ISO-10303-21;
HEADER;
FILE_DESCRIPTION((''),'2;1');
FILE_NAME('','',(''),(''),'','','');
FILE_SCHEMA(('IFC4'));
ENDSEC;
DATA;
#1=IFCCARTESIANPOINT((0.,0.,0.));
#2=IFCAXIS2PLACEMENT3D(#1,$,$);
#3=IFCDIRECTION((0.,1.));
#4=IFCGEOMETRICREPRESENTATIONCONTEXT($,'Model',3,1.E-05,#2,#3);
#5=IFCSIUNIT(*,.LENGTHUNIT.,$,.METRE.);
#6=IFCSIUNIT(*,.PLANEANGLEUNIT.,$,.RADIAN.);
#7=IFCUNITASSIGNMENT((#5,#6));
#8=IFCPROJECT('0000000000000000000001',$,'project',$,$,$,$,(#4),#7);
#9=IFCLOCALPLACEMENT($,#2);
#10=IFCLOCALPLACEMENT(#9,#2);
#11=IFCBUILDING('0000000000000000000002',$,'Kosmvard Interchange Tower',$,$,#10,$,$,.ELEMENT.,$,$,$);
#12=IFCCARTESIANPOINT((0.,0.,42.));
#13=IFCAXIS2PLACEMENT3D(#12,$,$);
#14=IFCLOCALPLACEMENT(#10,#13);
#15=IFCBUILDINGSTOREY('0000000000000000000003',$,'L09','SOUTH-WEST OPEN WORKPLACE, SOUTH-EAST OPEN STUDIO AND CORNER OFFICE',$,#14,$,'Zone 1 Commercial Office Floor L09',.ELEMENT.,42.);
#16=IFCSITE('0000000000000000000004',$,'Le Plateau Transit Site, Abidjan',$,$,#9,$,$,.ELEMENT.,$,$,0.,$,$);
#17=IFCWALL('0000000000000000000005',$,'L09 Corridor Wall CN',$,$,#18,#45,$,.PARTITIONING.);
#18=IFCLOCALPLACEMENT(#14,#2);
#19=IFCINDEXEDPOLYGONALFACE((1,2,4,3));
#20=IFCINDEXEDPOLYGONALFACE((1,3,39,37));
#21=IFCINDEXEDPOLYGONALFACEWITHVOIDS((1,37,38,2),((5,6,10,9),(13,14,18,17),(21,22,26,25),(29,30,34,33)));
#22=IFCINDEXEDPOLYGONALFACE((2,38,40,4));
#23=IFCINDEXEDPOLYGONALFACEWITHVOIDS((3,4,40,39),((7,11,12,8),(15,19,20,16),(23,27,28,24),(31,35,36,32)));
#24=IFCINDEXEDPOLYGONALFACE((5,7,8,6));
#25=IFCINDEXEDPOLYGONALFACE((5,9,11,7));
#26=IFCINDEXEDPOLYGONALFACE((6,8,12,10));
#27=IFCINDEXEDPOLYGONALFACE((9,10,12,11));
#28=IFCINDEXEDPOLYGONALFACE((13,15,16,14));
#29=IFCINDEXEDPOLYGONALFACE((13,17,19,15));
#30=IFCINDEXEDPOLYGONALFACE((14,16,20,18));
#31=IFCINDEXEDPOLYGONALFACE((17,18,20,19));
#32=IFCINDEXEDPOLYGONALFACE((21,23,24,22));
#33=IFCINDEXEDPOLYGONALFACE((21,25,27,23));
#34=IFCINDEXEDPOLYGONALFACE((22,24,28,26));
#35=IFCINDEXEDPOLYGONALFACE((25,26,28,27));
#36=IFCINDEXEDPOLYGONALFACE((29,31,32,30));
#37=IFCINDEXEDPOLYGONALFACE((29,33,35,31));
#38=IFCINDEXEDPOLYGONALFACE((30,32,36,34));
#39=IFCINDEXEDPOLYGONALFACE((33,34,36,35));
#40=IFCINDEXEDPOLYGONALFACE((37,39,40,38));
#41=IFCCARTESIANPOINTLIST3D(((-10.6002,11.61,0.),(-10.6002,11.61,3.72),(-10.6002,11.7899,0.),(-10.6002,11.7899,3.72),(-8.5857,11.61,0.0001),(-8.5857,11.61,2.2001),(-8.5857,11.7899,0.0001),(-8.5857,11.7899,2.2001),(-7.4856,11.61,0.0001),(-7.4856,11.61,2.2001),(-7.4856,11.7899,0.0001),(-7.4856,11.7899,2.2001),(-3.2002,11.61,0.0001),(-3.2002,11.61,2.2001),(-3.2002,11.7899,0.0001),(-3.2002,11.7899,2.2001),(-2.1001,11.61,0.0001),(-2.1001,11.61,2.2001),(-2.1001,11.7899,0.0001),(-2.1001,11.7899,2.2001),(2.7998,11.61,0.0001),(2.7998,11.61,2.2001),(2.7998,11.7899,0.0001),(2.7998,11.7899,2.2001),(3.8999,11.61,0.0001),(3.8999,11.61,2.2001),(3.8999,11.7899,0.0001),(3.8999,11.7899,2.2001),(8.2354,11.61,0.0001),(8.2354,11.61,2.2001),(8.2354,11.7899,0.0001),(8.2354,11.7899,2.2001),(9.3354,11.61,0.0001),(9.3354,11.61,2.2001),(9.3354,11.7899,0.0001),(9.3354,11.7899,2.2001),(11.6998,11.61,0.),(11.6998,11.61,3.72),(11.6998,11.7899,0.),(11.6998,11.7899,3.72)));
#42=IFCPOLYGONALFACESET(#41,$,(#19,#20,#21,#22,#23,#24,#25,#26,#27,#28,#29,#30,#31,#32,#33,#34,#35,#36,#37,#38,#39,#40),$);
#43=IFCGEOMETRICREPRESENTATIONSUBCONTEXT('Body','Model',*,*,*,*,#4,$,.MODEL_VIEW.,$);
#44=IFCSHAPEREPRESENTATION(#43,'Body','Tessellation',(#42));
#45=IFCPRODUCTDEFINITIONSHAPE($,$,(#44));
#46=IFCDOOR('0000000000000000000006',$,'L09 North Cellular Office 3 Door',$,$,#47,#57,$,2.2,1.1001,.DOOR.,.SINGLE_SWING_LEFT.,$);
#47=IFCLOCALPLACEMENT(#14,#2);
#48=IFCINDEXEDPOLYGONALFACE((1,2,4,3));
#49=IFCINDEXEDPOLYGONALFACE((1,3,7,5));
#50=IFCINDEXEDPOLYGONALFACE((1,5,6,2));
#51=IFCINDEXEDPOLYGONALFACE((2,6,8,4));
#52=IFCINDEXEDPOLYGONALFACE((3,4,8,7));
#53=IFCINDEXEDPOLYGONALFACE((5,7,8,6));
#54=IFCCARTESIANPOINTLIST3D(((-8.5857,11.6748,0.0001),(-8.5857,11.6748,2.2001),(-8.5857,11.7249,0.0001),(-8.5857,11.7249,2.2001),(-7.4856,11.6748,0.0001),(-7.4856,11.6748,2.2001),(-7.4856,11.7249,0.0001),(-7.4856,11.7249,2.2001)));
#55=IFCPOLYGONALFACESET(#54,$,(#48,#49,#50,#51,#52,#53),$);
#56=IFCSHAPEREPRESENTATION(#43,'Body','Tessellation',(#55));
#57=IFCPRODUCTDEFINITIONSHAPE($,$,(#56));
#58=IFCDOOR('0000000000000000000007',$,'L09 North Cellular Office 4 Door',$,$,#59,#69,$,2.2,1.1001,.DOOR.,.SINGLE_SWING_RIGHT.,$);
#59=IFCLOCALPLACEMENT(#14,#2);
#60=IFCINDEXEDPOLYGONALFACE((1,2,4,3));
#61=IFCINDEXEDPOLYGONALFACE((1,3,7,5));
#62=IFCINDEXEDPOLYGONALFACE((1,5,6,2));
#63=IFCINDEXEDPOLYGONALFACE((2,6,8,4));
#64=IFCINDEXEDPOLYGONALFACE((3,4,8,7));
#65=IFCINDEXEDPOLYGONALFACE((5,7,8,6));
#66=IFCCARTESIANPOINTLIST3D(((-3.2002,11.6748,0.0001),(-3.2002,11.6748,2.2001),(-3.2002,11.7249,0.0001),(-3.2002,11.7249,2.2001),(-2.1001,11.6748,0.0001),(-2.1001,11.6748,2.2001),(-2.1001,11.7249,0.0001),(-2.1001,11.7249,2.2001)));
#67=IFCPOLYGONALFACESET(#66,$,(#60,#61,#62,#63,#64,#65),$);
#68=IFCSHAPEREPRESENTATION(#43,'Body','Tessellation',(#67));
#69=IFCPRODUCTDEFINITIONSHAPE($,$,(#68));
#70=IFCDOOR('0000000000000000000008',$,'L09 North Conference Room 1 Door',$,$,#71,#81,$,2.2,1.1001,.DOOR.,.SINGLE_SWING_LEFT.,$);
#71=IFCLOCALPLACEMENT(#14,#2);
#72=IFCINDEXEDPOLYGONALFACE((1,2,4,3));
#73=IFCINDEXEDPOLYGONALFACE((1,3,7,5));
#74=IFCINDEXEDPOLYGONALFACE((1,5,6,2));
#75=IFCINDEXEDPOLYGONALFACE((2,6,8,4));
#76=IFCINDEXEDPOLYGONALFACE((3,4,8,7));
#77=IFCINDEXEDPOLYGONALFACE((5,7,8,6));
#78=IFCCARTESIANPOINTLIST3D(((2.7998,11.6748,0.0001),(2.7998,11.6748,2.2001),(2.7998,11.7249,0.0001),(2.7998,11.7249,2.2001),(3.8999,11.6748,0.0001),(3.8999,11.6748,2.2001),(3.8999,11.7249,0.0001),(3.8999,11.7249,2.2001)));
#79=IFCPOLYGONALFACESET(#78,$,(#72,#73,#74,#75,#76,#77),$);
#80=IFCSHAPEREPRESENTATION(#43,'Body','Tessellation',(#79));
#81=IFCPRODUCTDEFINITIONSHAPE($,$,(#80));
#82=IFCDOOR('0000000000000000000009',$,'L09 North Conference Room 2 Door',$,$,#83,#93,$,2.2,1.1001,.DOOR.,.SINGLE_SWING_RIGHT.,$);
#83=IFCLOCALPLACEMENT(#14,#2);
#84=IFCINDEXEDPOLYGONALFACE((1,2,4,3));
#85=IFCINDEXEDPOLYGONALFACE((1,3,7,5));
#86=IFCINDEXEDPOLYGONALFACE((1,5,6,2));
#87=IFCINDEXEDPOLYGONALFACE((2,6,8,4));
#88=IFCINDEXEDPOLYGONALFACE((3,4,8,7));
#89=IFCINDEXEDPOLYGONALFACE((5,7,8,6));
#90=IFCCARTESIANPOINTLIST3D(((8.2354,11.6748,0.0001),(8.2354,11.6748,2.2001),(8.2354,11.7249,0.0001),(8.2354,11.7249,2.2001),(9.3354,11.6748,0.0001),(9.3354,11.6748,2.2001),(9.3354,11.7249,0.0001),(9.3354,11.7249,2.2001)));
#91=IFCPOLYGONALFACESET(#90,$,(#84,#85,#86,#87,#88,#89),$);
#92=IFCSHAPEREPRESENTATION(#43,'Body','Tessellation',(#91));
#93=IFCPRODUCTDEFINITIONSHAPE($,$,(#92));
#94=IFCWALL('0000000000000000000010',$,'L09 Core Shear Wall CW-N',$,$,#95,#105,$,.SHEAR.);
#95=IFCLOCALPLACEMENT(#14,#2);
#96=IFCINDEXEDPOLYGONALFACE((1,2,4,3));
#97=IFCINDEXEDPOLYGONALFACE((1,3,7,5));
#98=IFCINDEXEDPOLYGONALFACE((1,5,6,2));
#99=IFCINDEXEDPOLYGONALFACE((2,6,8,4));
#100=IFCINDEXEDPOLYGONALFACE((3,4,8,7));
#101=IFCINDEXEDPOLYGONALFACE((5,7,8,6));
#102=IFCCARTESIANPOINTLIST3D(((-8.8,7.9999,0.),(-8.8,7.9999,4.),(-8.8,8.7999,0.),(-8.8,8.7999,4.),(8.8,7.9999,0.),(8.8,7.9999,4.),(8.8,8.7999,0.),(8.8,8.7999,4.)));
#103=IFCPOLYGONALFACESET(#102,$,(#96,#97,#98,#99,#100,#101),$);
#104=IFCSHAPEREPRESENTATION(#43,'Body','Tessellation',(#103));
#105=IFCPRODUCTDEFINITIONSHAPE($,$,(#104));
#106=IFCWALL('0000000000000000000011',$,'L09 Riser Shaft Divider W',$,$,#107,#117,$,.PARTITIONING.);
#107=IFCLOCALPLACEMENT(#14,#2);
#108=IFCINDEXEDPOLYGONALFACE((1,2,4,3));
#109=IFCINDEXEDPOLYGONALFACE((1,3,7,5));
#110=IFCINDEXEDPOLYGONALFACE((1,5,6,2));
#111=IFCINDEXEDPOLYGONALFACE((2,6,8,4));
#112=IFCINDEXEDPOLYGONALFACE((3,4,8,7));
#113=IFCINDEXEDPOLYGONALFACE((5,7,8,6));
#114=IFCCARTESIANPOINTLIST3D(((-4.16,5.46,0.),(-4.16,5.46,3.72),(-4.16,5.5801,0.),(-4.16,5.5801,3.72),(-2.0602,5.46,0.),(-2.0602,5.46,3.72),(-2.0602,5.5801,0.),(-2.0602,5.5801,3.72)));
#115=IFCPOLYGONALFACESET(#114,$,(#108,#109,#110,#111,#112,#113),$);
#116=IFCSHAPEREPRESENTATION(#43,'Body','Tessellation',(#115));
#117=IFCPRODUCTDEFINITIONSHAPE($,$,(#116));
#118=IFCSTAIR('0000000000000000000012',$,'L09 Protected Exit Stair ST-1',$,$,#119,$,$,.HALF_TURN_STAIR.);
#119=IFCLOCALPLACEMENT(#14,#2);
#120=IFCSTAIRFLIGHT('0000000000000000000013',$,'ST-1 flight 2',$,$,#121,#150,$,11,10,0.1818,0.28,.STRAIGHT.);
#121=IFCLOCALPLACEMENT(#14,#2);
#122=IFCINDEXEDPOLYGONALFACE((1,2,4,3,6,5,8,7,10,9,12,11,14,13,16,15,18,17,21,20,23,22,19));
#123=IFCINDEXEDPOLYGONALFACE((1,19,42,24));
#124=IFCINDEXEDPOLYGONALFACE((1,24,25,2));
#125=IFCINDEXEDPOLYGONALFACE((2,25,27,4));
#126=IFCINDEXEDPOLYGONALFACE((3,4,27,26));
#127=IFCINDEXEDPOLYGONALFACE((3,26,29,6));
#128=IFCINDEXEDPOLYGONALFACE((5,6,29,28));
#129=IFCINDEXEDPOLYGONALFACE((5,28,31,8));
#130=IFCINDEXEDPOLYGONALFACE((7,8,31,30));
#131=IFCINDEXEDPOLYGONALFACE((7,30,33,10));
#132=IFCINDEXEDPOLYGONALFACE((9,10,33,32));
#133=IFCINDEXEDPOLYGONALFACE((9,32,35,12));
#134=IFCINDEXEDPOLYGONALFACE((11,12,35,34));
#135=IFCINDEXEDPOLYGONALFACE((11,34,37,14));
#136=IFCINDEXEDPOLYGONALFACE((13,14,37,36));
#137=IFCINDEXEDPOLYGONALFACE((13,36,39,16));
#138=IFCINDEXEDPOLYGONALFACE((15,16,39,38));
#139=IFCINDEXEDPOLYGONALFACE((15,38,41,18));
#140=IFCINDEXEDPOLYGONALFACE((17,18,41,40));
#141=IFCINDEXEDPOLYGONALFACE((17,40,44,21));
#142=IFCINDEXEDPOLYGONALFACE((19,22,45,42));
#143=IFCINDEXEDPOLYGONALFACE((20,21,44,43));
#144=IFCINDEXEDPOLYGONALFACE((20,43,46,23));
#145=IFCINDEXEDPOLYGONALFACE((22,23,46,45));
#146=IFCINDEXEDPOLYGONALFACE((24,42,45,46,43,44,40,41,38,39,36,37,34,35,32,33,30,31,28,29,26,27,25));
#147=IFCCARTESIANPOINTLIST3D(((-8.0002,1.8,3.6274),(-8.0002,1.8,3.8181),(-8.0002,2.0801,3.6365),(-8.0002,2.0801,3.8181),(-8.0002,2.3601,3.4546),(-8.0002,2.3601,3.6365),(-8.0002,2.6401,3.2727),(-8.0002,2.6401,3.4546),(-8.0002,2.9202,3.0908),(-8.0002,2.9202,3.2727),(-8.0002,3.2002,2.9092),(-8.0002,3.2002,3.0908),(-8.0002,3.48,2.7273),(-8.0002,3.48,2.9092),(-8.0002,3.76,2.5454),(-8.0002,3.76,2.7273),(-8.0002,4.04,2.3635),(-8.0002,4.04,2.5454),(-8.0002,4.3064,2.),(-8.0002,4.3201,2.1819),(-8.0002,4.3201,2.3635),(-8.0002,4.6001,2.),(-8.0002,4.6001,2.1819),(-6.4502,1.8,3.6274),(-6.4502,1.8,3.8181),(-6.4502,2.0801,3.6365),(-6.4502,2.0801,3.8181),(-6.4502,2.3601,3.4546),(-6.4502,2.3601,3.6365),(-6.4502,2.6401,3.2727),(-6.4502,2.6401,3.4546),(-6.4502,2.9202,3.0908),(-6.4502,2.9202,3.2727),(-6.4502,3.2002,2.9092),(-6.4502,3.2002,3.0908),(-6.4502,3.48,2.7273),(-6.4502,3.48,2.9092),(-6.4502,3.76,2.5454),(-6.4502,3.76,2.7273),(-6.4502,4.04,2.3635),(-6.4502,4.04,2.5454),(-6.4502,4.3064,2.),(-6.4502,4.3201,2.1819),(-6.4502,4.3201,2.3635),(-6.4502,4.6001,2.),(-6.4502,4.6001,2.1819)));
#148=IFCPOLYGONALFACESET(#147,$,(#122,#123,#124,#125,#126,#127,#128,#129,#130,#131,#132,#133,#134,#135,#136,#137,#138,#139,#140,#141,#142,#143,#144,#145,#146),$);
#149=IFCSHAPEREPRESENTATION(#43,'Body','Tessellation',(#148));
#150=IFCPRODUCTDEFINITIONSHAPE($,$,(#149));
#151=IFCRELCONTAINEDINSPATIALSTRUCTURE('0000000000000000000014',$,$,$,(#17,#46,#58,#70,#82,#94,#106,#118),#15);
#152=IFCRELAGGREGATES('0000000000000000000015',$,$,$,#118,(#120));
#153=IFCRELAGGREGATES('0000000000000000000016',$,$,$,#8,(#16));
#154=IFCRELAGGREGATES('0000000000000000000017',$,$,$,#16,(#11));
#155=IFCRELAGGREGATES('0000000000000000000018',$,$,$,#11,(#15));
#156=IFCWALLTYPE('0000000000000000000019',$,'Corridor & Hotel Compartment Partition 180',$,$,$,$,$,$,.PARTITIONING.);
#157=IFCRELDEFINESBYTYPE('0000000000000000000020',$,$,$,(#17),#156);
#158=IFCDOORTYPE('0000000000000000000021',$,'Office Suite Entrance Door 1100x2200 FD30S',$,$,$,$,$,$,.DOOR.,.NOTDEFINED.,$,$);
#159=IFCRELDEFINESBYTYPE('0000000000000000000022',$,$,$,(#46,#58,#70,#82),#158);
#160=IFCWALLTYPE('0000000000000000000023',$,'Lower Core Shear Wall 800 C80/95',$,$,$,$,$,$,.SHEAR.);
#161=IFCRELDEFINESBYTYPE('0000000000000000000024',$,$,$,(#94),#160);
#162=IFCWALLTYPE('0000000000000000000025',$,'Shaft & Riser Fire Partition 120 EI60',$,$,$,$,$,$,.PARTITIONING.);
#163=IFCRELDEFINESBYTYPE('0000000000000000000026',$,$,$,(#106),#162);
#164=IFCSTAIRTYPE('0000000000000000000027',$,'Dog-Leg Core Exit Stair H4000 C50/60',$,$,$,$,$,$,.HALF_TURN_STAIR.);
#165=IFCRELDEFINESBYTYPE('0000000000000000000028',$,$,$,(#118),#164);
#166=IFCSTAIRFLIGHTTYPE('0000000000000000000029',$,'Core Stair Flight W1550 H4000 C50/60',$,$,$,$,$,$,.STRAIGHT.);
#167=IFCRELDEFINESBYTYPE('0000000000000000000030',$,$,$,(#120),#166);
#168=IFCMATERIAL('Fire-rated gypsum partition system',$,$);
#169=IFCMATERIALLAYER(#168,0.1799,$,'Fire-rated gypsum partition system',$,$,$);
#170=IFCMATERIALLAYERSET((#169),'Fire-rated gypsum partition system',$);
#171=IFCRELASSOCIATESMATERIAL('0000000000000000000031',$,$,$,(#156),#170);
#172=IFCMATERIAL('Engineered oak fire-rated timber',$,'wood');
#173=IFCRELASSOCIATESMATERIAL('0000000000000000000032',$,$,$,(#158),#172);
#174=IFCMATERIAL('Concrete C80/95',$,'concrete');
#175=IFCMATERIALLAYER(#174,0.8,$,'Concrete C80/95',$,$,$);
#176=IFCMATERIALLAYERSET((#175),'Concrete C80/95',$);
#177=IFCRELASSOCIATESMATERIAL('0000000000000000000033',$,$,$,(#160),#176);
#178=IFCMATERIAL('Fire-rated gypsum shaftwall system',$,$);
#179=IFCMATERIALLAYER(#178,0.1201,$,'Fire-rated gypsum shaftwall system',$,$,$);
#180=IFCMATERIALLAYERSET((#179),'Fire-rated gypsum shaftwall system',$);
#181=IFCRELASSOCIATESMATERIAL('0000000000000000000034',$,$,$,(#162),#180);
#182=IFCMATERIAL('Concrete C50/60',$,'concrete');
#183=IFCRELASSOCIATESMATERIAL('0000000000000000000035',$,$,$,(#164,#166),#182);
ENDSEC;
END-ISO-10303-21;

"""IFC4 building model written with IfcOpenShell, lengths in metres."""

from ifc_helpers import new_model, si_unit, direction, frame, frame_2d, origin, place, context, subcontext, project, spatial, polyline, rectangle, outline, extrude, source, transform, mapped, material, layer, layer_set, type_object, element, fill, aggregate, save


model = new_model("IFC4")

# Units and contexts
model_context = context("Model", 3, precision=1e-05, world=origin(), true_north=direction((0.0, 1.0)))
body_context = subcontext(model_context, "Body", "Model", "MODEL_VIEW")
ifc_project = project(units=[si_unit("LENGTHUNIT", "METRE"), si_unit("PLANEANGLEUNIT", "RADIAN")], contexts=[model_context])

# Site, building, storey
site_placement = place(None, origin())
site = spatial("IfcSite", under=ifc_project, at=site_placement, Name="Le Plateau Transit Site, Abidjan", CompositionType="ELEMENT", RefElevation=0.0)
building_placement = place(site_placement, origin())
building = spatial("IfcBuilding", under=site, at=building_placement, Name="Kosmvard Interchange Tower", CompositionType="ELEMENT")
storey_placement = place(building_placement, frame((0.0, 0.0, 42.0)))
storey = spatial("IfcBuildingStorey", under=building, at=storey_placement, Name="L09", Description="SOUTH-WEST OPEN WORKPLACE, SOUTH-EAST OPEN STUDIO AND CORNER OFFICE", LongName="Zone 1 Commercial Office Floor L09", CompositionType="ELEMENT", Elevation=42.0)

# Shared definitions
ifc_material_1 = material(Name="Concrete C80/95", Category="concrete")

# Wall, openings, doors
ifc_material_2 = material(Name="Fire-rated gypsum partition system")
ifc_layer_1 = layer(ifc_material_2, 0.1799, Name="Fire-rated gypsum partition system")
ifc_layer_set_1 = layer_set([ifc_layer_1], Name="Fire-rated gypsum partition system")
wall_type_1 = type_object("IfcWallType", Name="Corridor & Hotel Compartment Partition 180", PredefinedType="PARTITIONING", material=ifc_layer_set_1)
wall_1_placement = place(storey_placement, frame((-10.6001, 11.7, 0.0), z_axis=(0.0, 0.0, 1.0), x_axis=(1.0, 0.0, 0.0)))
wall_1 = element("IfcWall", 1, at=wall_1_placement, inside=storey, type_object=wall_type_1, Name="L09 Corridor Wall CN", PredefinedType="PARTITIONING", context=body_context, shape_type="SweptSolid", body=[
    extrude(rectangle(XDim=22.3, YDim=0.1799, at=frame_2d((11.1499, 0.0))), origin(), (0.0, 0.0, 1.0), 3.72),
])
opening_1_placement = place(wall_1_placement, frame((2.0144, 0.0, 0.0)))
opening_1 = element("IfcOpeningElement", 2, at=opening_1_placement, cuts=wall_1, PredefinedType="OPENING", context=body_context, shape_type="SweptSolid", body=[
    extrude(rectangle(XDim=1.1001, YDim=2.2, at=frame_2d((0.55, 1.1001))), frame((0.0, 0.1001, 0.0), z_axis=(0.0, -1.0, 0.0), x_axis=(1.0, 0.0, 0.0)), (0.0, 0.0, 1.0), 0.2),
])
opening_2_placement = place(wall_1_placement, frame((7.3999, 0.0, 0.0)))
opening_2 = element("IfcOpeningElement", 3, at=opening_2_placement, cuts=wall_1, PredefinedType="OPENING", context=body_context, shape_type="SweptSolid", body=[
    extrude(rectangle(XDim=1.1001, YDim=2.2, at=frame_2d((0.55, 1.1001))), frame((0.0, 0.1001, 0.0), z_axis=(0.0, -1.0, 0.0), x_axis=(1.0, 0.0, 0.0)), (0.0, 0.0, 1.0), 0.2),
])
opening_3_placement = place(wall_1_placement, frame((13.3999, 0.0, 0.0)))
opening_3 = element("IfcOpeningElement", 4, at=opening_3_placement, cuts=wall_1, PredefinedType="OPENING", context=body_context, shape_type="SweptSolid", body=[
    extrude(rectangle(XDim=1.1001, YDim=2.2, at=frame_2d((0.55, 1.1001))), frame((0.0, 0.1001, 0.0), z_axis=(0.0, -1.0, 0.0), x_axis=(1.0, 0.0, 0.0)), (0.0, 0.0, 1.0), 0.2),
])
opening_4_placement = place(wall_1_placement, frame((18.8354, 0.0, 0.0)))
opening_4 = element("IfcOpeningElement", 5, at=opening_4_placement, cuts=wall_1, PredefinedType="OPENING", context=body_context, shape_type="SweptSolid", body=[
    extrude(rectangle(XDim=1.1001, YDim=2.2, at=frame_2d((0.55, 1.1001))), frame((0.0, 0.1001, 0.0), z_axis=(0.0, -1.0, 0.0), x_axis=(1.0, 0.0, 0.0)), (0.0, 0.0, 1.0), 0.2),
])
ifc_material_3 = material(Name="Engineered oak fire-rated timber", Category="wood")
door_type = type_object("IfcDoorType", Name="Office Suite Entrance Door 1100x2200 FD30S", OperationType="NOTDEFINED", PredefinedType="DOOR", material=ifc_material_3)
shared_shape_1 = source(origin(), body_context, "Body", "SweptSolid", [
    extrude(rectangle(XDim=1.1001, YDim=2.2, at=frame_2d((0.55, 1.1001))), frame((0.0, 0.0249, 0.0), z_axis=(0.0, -1.0, 0.0), x_axis=(1.0, 0.0, 0.0)), (0.0, 0.0, 1.0), 0.05),
])
door_1_placement = place(opening_1_placement, origin())
door_1 = element("IfcDoor", 6, at=door_1_placement, inside=storey, type_object=door_type, Name="L09 North Cellular Office 3 Door", OperationType="SINGLE_SWING_LEFT", OverallHeight=2.2, OverallWidth=1.1001, PredefinedType="DOOR", context=body_context, shape_type="MappedRepresentation", body=[
    mapped(shared_shape_1, transform((0.0, 0.0, 0.0), scale=1.0)),
])
fill(opening_1, door_1)
door_2_placement = place(opening_2_placement, origin())
door_2 = element("IfcDoor", 7, at=door_2_placement, inside=storey, type_object=door_type, Name="L09 North Cellular Office 4 Door", OperationType="SINGLE_SWING_RIGHT", OverallHeight=2.2, OverallWidth=1.1001, PredefinedType="DOOR", context=body_context, shape_type="MappedRepresentation", body=[
    mapped(shared_shape_1, transform((0.0, 0.0, 0.0), scale=1.0)),
])
fill(opening_2, door_2)
door_3_placement = place(opening_3_placement, origin())
door_3 = element("IfcDoor", 8, at=door_3_placement, inside=storey, type_object=door_type, Name="L09 North Conference Room 1 Door", OperationType="SINGLE_SWING_LEFT", OverallHeight=2.2, OverallWidth=1.1001, PredefinedType="DOOR", context=body_context, shape_type="MappedRepresentation", body=[
    mapped(shared_shape_1, transform((0.0, 0.0, 0.0), scale=1.0)),
])
fill(opening_3, door_3)
door_4_placement = place(opening_4_placement, origin())
door_4 = element("IfcDoor", 9, at=door_4_placement, inside=storey, type_object=door_type, Name="L09 North Conference Room 2 Door", OperationType="SINGLE_SWING_RIGHT", OverallHeight=2.2, OverallWidth=1.1001, PredefinedType="DOOR", context=body_context, shape_type="MappedRepresentation", body=[
    mapped(shared_shape_1, transform((0.0, 0.0, 0.0), scale=1.0)),
])
fill(opening_4, door_4)

# Walls
ifc_layer_2 = layer(ifc_material_1, 0.8, Name="Concrete C80/95")
ifc_layer_set_2 = layer_set([ifc_layer_2], Name="Concrete C80/95")
wall_type_2 = type_object("IfcWallType", Name="Lower Core Shear Wall 800 C80/95", PredefinedType="SHEAR", material=ifc_layer_set_2)
wall_2_placement = place(storey_placement, frame((-8.8, 8.3999, 0.0), z_axis=(0.0, 0.0, 1.0), x_axis=(1.0, 0.0, 0.0)))
element("IfcWall", 10, at=wall_2_placement, inside=storey, type_object=wall_type_2, Name="L09 Core Shear Wall CW-N", PredefinedType="SHEAR", context=body_context, shape_type="SweptSolid", body=[
    extrude(rectangle(XDim=17.6001, YDim=0.8, at=frame_2d((8.8, 0.0))), origin(), (0.0, 0.0, 1.0), 4.0),
])
ifc_material_4 = material(Name="Fire-rated gypsum shaftwall system")
ifc_layer_3 = layer(ifc_material_4, 0.1201, Name="Fire-rated gypsum shaftwall system")
ifc_layer_set_3 = layer_set([ifc_layer_3], Name="Fire-rated gypsum shaftwall system")
wall_type_3 = type_object("IfcWallType", Name="Shaft & Riser Fire Partition 120 EI60", PredefinedType="PARTITIONING", material=ifc_layer_set_3)
wall_3_placement = place(storey_placement, frame((-4.1599, 5.52, 0.0), z_axis=(0.0, 0.0, 1.0), x_axis=(1.0, 0.0, 0.0)))
element("IfcWall", 11, at=wall_3_placement, inside=storey, type_object=wall_type_3, Name="L09 Riser Shaft Divider W", PredefinedType="PARTITIONING", context=body_context, shape_type="SweptSolid", body=[
    extrude(rectangle(XDim=2.0999, YDim=0.1201, at=frame_2d((1.0498, 0.0))), origin(), (0.0, 0.0, 1.0), 3.72),
])

# Stair, stair flight
ifc_material_5 = material(Name="Concrete C50/60", Category="concrete")
stair_type = type_object("IfcStairType", Name="Dog-Leg Core Exit Stair H4000 C50/60", PredefinedType="HALF_TURN_STAIR", material=ifc_material_5)
stair_placement = place(storey_placement, origin())
stair = element("IfcStair", 12, at=stair_placement, inside=storey, type_object=stair_type, Name="L09 Protected Exit Stair ST-1", PredefinedType="HALF_TURN_STAIR")
stair_flight_type = type_object("IfcStairFlightType", Name="Core Stair Flight W1550 H4000 C50/60", PredefinedType="STRAIGHT", material=ifc_material_5)
shared_shape_2 = source(origin(), body_context, "Body", "SweptSolid", [
    extrude(outline(polyline([(0.0, 0.0), (0.0, 0.1819), (0.28, 0.1819), (0.28, 0.3635), (0.5601, 0.3635), (0.5601, 0.5454), (0.8401, 0.5454), (0.8401, 0.7273), (1.1201, 0.7273), (1.1201, 0.9092), (1.3999, 0.9092), (1.3999, 1.0908), (1.6799, 1.0908), (1.6799, 1.2727), (1.96, 1.2727), (1.96, 1.4546), (2.24, 1.4546), (2.24, 1.6365), (2.52, 1.6365), (2.52, 1.8181), (2.8, 1.8181), (2.8, 2.0), (2.8, 1.6274), (0.2937, 0.0), (0.0, 0.0)])), frame((0.0, 0.7749, 0.0), z_axis=(0.0, -1.0, 0.0), x_axis=(1.0, 0.0, 0.0)), (0.0, 0.0, 1.0), 1.55),
])
stair_flight_placement = place(storey_placement, frame((-7.2251, 4.6001, 2.0), z_axis=(0.0, 0.0, 1.0), x_axis=(0.0, -1.0, 0.0)))
stair_flight = element("IfcStairFlight", 13, at=stair_flight_placement, type_object=stair_flight_type, Name="ST-1 flight 2", NumberOfRisers=11, NumberOfTreads=10, PredefinedType="STRAIGHT", RiserHeight=0.1818, TreadLength=0.28, context=body_context, shape_type="MappedRepresentation", body=[
    mapped(shared_shape_2, transform((0.0, 0.0, 0.0), scale=1.0)),
])
aggregate(stair, [stair_flight])

save(model, "model.ifc")
